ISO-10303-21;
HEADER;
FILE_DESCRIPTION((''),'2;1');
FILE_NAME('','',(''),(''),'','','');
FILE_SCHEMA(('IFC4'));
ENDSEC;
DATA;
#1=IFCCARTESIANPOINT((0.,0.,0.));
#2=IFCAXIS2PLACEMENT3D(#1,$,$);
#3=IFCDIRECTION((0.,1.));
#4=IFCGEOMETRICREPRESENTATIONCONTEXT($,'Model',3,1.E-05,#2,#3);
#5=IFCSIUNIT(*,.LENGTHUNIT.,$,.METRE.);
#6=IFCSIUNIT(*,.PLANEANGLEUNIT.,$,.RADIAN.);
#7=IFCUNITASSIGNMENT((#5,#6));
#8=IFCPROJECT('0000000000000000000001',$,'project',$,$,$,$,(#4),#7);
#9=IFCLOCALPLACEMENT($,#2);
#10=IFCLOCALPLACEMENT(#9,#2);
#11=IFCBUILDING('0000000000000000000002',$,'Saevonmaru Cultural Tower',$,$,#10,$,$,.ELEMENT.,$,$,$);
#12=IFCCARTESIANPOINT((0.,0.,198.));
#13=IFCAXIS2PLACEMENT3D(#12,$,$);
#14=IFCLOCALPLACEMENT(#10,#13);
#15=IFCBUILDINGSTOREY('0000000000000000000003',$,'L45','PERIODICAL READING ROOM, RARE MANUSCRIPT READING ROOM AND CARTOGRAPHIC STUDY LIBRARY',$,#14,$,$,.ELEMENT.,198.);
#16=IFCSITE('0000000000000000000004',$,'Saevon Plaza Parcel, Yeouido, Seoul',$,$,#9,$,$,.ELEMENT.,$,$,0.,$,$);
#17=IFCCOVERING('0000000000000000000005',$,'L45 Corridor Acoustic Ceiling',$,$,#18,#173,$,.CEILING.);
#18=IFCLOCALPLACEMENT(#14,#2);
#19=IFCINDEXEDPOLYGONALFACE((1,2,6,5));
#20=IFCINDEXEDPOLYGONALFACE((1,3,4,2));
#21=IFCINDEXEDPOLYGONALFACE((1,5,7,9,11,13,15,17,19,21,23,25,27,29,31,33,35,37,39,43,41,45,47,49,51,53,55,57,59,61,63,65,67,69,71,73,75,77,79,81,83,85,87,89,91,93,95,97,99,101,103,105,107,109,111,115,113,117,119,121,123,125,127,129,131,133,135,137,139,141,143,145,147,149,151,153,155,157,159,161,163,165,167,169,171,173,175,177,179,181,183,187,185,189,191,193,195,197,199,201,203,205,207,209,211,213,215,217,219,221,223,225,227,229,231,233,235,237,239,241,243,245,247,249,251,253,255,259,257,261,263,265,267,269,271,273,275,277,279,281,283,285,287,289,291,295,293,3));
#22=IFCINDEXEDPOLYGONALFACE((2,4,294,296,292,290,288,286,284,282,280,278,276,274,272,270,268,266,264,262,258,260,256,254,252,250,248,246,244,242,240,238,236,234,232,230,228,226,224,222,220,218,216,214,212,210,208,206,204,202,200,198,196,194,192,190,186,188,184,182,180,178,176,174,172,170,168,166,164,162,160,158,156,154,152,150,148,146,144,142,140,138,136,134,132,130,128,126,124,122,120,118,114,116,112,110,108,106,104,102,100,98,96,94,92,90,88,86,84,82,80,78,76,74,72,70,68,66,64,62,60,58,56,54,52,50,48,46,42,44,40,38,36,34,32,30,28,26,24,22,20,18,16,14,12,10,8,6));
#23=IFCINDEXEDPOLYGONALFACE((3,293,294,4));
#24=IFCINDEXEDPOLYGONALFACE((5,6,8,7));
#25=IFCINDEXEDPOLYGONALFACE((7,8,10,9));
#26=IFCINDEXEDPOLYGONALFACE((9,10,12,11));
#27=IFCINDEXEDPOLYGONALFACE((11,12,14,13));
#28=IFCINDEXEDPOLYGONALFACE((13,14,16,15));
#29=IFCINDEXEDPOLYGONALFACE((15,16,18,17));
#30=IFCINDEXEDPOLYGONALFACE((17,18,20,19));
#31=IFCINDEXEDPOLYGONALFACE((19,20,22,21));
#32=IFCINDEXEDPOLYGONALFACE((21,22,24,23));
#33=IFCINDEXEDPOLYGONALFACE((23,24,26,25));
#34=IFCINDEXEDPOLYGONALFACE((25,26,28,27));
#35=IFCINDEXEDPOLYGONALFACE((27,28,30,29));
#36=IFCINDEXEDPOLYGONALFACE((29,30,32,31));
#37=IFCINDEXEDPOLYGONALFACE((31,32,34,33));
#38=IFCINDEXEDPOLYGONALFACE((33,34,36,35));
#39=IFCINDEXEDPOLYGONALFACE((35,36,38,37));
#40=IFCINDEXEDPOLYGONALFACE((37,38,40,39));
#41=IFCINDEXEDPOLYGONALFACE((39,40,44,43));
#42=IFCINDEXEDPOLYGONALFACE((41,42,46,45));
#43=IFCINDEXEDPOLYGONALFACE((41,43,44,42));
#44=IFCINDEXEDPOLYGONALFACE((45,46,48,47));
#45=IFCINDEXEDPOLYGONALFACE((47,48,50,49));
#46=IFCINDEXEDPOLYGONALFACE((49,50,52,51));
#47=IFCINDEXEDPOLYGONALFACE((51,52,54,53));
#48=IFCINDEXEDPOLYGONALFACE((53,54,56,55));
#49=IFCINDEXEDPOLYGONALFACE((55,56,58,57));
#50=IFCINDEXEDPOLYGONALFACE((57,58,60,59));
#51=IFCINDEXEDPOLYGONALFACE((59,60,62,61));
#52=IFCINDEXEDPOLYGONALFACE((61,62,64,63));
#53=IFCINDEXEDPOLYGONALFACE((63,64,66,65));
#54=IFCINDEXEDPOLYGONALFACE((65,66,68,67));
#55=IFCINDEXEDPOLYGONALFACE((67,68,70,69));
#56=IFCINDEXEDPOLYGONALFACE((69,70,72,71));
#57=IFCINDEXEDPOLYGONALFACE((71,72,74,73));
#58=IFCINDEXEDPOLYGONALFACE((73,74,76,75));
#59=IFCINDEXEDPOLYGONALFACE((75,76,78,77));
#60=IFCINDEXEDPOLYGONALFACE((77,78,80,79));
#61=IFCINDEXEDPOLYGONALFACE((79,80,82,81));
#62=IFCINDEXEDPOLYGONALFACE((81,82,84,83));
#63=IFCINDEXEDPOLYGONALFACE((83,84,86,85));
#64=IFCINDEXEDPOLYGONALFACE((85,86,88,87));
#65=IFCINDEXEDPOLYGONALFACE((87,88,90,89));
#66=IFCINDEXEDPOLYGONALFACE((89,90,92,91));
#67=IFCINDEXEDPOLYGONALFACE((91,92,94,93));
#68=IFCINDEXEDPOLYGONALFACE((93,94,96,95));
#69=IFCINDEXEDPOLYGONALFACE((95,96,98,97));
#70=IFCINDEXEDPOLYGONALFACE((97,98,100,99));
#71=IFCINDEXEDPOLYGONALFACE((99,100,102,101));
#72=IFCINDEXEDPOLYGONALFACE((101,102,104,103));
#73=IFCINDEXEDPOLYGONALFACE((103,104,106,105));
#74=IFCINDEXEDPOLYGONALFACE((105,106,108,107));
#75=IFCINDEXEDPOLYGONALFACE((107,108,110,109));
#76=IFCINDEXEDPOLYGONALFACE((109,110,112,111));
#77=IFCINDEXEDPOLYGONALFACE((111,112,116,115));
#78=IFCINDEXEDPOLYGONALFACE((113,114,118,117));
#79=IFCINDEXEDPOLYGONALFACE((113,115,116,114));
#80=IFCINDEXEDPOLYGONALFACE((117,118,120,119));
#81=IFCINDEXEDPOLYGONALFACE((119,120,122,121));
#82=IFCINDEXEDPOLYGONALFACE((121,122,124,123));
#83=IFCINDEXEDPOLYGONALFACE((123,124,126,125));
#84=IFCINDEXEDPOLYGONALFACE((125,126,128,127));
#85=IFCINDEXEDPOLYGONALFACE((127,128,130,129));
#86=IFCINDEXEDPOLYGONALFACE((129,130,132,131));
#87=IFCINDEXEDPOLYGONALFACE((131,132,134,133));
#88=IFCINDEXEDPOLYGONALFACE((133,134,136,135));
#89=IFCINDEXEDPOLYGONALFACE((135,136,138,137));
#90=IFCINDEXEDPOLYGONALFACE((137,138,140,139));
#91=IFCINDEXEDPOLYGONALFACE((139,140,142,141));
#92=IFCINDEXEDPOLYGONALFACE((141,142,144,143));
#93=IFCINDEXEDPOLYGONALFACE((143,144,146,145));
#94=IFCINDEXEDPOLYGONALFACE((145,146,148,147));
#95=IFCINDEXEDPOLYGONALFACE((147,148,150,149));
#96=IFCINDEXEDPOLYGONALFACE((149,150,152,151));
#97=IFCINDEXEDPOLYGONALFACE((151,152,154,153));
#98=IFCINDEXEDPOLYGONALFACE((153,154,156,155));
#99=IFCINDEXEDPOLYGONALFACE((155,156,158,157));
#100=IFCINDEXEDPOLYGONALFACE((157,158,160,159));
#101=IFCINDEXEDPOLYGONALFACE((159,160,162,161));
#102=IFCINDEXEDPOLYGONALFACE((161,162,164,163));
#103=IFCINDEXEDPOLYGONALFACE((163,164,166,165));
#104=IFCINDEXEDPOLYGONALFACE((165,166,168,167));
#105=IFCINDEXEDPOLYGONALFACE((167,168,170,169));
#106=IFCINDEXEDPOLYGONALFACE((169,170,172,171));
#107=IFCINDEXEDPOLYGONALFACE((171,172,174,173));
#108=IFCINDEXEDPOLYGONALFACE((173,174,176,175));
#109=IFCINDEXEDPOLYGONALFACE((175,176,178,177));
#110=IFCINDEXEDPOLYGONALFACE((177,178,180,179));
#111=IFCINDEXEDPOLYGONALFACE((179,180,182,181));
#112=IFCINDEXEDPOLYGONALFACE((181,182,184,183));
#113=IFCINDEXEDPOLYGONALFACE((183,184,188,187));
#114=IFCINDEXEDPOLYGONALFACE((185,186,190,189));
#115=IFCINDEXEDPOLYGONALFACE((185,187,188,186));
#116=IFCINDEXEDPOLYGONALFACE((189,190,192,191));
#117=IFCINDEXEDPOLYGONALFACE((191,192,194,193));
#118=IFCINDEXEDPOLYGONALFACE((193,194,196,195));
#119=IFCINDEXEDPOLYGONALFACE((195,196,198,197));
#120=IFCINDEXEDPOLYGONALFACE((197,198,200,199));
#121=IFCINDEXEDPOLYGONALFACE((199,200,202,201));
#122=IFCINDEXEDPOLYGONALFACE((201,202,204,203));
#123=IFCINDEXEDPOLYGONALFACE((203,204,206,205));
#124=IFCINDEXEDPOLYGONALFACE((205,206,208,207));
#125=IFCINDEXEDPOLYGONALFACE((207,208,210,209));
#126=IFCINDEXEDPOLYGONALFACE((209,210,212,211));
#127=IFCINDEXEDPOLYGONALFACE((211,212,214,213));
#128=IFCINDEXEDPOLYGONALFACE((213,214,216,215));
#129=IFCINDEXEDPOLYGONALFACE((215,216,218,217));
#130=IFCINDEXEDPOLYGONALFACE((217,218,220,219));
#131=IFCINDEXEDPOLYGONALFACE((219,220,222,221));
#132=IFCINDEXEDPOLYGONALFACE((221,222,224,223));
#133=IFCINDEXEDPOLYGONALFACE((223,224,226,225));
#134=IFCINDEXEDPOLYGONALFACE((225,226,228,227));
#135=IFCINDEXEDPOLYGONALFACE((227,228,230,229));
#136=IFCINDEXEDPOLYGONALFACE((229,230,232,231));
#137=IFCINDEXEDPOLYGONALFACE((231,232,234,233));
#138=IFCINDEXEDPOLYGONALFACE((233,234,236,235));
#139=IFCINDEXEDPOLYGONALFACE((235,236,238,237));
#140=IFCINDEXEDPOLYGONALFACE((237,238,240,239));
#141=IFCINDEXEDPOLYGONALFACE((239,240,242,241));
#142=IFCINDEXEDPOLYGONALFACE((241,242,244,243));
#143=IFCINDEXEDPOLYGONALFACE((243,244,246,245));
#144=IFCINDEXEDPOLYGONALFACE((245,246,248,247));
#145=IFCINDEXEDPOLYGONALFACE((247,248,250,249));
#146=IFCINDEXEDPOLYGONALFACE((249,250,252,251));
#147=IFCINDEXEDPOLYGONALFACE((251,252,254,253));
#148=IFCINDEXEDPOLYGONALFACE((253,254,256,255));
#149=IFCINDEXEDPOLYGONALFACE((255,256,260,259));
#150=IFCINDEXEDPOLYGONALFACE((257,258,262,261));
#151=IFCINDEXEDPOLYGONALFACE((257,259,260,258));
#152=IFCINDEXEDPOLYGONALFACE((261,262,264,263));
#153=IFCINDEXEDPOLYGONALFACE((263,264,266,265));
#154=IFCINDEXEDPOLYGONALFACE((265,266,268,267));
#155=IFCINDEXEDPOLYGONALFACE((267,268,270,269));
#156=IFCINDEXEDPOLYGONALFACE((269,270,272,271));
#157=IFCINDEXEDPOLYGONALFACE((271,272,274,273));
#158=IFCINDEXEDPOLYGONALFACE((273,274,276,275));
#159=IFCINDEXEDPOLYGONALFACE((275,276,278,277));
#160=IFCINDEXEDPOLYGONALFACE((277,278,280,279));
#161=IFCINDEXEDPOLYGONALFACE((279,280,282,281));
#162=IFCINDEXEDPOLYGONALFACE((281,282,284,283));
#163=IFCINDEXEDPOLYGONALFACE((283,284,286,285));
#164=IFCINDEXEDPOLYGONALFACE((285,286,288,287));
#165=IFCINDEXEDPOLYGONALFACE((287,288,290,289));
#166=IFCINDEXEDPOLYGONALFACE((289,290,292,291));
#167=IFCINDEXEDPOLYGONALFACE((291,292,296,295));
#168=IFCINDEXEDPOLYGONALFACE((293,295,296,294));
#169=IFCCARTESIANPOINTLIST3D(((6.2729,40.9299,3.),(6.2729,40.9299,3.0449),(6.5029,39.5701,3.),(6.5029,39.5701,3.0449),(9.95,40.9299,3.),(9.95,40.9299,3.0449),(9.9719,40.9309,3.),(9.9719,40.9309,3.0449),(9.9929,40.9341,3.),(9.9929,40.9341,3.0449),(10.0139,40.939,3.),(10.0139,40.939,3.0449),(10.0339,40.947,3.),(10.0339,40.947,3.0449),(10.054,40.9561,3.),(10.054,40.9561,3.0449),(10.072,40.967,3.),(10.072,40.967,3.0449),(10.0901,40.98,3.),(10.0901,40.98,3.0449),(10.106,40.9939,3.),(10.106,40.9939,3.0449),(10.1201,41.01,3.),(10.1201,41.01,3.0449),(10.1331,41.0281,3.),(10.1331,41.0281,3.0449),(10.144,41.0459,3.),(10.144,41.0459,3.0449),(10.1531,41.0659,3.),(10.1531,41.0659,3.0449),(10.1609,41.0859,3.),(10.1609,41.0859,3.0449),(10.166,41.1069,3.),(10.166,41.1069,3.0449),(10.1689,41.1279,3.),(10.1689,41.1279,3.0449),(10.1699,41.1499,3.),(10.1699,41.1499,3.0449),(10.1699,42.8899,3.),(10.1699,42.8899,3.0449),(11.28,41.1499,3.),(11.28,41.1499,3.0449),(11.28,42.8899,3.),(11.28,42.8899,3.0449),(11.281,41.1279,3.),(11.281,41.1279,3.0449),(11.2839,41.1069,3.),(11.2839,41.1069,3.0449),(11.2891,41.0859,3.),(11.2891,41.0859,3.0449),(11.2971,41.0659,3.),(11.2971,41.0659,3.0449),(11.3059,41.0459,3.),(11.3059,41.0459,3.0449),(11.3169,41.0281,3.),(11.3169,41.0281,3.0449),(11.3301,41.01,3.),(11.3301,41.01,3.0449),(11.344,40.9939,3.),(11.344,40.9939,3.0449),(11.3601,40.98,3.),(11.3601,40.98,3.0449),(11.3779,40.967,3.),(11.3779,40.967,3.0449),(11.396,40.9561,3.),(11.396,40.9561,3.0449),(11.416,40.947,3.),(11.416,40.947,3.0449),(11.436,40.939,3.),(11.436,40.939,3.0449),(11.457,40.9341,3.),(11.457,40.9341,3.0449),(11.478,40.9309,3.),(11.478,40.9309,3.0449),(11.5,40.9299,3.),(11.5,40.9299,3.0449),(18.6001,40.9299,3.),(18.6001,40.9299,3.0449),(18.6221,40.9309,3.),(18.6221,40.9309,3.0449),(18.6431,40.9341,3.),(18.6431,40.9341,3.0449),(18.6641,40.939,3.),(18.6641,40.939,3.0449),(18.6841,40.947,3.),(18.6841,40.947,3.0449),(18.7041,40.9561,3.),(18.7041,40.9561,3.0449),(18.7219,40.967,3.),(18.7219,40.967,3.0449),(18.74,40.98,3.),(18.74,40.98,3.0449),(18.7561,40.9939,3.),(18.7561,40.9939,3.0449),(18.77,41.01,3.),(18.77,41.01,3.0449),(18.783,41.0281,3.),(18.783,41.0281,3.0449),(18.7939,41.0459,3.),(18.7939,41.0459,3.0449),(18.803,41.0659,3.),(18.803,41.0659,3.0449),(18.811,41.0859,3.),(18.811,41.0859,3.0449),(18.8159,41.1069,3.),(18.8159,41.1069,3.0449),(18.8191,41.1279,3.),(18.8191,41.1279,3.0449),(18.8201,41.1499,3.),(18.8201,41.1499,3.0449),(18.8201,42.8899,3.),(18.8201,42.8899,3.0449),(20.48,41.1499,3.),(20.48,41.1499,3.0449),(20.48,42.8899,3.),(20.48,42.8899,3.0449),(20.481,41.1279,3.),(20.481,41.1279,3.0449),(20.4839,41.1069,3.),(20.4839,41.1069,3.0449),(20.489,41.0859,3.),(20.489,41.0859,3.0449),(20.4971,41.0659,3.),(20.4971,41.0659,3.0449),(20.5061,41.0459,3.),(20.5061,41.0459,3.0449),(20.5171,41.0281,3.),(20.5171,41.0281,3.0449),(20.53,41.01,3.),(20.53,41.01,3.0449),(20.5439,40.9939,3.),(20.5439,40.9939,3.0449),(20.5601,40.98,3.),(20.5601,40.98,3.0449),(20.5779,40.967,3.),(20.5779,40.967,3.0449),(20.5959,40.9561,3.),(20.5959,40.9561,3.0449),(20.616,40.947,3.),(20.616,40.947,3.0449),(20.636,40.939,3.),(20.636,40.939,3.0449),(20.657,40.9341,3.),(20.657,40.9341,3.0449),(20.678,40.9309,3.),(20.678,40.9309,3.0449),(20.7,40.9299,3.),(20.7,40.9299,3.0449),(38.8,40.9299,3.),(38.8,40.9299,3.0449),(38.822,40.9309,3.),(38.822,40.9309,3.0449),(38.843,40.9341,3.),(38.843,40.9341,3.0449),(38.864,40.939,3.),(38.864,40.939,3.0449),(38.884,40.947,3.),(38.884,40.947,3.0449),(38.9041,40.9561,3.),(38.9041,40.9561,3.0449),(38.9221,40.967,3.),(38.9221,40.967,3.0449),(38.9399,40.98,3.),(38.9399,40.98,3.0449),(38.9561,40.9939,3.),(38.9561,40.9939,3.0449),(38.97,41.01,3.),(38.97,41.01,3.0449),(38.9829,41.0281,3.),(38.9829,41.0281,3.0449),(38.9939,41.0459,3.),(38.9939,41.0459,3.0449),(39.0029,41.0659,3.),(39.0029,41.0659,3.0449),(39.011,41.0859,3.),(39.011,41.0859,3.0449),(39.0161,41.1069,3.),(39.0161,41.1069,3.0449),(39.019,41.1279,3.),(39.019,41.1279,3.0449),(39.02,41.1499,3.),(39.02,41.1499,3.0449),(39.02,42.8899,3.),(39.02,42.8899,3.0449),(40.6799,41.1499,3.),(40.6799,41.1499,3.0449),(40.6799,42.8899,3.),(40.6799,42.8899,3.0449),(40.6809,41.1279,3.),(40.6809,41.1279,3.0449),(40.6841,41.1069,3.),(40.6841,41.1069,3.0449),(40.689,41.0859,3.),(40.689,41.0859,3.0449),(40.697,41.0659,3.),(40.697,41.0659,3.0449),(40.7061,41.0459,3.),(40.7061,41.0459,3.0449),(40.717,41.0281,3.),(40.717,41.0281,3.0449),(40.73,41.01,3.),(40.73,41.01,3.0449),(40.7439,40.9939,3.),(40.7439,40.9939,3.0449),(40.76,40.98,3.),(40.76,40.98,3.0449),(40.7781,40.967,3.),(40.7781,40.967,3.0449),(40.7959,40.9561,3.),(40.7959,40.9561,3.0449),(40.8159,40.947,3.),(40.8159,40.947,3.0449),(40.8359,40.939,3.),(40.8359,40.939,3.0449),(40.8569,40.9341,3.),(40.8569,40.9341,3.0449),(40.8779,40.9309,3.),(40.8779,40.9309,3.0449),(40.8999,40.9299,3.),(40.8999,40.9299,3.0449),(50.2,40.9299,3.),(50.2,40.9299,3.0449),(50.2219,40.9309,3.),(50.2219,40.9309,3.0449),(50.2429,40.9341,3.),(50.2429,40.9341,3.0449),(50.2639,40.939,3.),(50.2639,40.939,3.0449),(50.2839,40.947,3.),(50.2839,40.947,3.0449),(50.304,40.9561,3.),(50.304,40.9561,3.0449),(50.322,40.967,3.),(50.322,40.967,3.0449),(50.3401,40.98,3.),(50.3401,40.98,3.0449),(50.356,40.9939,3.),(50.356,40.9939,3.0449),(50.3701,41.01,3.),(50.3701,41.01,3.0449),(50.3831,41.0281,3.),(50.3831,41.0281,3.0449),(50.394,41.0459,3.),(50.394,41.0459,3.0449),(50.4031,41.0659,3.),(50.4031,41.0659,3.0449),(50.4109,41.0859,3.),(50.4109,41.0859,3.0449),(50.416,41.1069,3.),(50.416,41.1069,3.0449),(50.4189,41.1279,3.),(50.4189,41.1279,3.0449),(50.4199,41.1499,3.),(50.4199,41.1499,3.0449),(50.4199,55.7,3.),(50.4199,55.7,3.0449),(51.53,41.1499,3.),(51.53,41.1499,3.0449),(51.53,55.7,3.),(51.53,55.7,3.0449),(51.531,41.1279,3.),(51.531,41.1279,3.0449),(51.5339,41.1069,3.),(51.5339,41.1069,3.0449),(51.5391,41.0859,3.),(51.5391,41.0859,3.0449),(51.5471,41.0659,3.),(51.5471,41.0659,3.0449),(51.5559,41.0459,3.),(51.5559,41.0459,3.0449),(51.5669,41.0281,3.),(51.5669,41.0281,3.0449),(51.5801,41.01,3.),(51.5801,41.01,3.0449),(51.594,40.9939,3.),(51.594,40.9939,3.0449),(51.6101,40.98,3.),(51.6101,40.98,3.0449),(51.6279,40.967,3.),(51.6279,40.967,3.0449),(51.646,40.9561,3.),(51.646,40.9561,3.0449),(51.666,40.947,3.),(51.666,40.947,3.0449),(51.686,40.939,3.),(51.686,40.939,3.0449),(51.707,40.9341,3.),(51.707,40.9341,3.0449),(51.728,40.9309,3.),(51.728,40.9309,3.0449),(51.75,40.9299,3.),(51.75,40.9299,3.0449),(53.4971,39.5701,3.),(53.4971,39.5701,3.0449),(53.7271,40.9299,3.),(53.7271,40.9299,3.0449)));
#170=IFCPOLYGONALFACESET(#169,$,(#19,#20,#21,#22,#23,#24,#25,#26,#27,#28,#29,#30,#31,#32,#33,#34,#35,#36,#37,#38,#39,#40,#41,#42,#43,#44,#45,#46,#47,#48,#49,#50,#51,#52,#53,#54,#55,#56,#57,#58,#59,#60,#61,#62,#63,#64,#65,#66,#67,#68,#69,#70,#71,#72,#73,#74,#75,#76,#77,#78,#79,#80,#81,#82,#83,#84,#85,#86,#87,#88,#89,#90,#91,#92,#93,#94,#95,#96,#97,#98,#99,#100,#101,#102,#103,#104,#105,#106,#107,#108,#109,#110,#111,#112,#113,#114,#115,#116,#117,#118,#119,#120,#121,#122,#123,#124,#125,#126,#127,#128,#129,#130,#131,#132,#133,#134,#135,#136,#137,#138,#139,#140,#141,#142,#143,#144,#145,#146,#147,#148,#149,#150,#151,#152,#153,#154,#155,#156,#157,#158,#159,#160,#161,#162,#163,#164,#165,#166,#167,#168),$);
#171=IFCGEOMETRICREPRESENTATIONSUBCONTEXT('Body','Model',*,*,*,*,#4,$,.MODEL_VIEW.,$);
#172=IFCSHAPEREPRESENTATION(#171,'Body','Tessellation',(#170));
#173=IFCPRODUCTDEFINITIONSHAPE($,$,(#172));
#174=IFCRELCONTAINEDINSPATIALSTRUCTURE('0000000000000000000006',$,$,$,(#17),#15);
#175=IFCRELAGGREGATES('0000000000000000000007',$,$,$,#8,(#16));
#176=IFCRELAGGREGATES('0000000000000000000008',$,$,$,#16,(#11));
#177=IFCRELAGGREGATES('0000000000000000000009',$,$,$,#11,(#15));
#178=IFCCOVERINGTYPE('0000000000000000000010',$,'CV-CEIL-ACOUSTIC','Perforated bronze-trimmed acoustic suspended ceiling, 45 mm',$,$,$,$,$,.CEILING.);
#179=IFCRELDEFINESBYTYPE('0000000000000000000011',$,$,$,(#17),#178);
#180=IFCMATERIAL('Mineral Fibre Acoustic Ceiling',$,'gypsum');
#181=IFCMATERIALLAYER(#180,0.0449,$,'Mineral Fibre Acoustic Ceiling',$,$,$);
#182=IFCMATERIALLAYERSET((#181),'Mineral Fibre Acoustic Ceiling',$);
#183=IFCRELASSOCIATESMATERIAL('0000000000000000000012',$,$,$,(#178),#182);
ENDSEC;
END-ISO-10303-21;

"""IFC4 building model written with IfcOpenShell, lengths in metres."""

from ifc_helpers import new_model, si_unit, direction, frame, origin, place, context, subcontext, project, spatial, polyline, outline, extrude, material, layer, layer_set, type_object, element, save


model = new_model("IFC4")

# Units and contexts
model_context = context("Model", 3, precision=1e-05, world=origin(), true_north=direction((0.0, 1.0)))
body_context = subcontext(model_context, "Body", "Model", "MODEL_VIEW")
ifc_project = project(units=[si_unit("LENGTHUNIT", "METRE"), si_unit("PLANEANGLEUNIT", "RADIAN")], contexts=[model_context])

# Site, building, storey
site_placement = place(None, origin())
site = spatial("IfcSite", under=ifc_project, at=site_placement, Name="Saevon Plaza Parcel, Yeouido, Seoul", CompositionType="ELEMENT", RefElevation=0.0)
building_placement = place(site_placement, origin())
building = spatial("IfcBuilding", under=site, at=building_placement, Name="Saevonmaru Cultural Tower", CompositionType="ELEMENT")
storey_placement = place(building_placement, frame((0.0, 0.0, 198.0)))
storey = spatial("IfcBuildingStorey", under=building, at=storey_placement, Name="L45", Description="PERIODICAL READING ROOM, RARE MANUSCRIPT READING ROOM AND CARTOGRAPHIC STUDY LIBRARY", CompositionType="ELEMENT", Elevation=198.0)

# Covering
ifc_material_1 = material(Name="Mineral Fibre Acoustic Ceiling", Category="gypsum")
ifc_layer_1 = layer(ifc_material_1, 0.0449, Name="Mineral Fibre Acoustic Ceiling")
ifc_layer_set_1 = layer_set([ifc_layer_1], Name="Mineral Fibre Acoustic Ceiling")
covering_type_1 = type_object("IfcCoveringType", Name="CV-CEIL-ACOUSTIC", Description="Perforated bronze-trimmed acoustic suspended ceiling, 45 mm", PredefinedType="CEILING", material=ifc_layer_set_1)
covering_1_placement = place(storey_placement, frame((0.0, 0.0, 3.0)))
element("IfcCovering", 1, at=covering_1_placement, inside=storey, type_object=covering_type_1, Name="L45 Corridor Acoustic Ceiling", PredefinedType="CEILING", context=body_context, shape_type="SweptSolid", body=[
    extrude(outline(polyline([(6.5029, 39.5701), (6.2729, 40.9299), (9.95, 40.9299), (9.9719, 40.9309), (9.9929, 40.9341), (10.0139, 40.939), (10.0339, 40.947), (10.054, 40.9561), (10.072, 40.967), (10.0901, 40.98), (10.106, 40.9939), (10.1201, 41.01), (10.1331, 41.0281), (10.144, 41.0459), (10.1531, 41.0659), (10.1609, 41.0859), (10.166, 41.1069), (10.1689, 41.1279), (10.1699, 41.1499), (10.1699, 42.8899), (11.28, 42.8899), (11.28, 41.1499), (11.281, 41.1279), (11.2839, 41.1069), (11.2891, 41.0859), (11.2971, 41.0659), (11.3059, 41.0459), (11.3169, 41.0281), (11.3301, 41.01), (11.344, 40.9939), (11.3601, 40.98), (11.3779, 40.967), (11.396, 40.9561), (11.416, 40.947), (11.436, 40.939), (11.457, 40.9341), (11.478, 40.9309), (11.5, 40.9299), (18.6001, 40.9299), (18.6221, 40.9309), (18.6431, 40.9341), (18.6641, 40.939), (18.6841, 40.947), (18.7041, 40.9561), (18.7219, 40.967), (18.74, 40.98), (18.7561, 40.9939), (18.77, 41.01), (18.783, 41.0281), (18.7939, 41.0459), (18.803, 41.0659), (18.811, 41.0859), (18.8159, 41.1069), (18.8191, 41.1279), (18.8201, 41.1499), (18.8201, 42.8899), (20.48, 42.8899), (20.48, 41.1499), (20.481, 41.1279), (20.4839, 41.1069), (20.489, 41.0859), (20.4971, 41.0659), (20.5061, 41.0459), (20.5171, 41.0281), (20.53, 41.01), (20.5439, 40.9939), (20.5601, 40.98), (20.5779, 40.967), (20.5959, 40.9561), (20.616, 40.947), (20.636, 40.939), (20.657, 40.9341), (20.678, 40.9309), (20.7, 40.9299), (38.8, 40.9299), (38.822, 40.9309), (38.843, 40.9341), (38.864, 40.939), (38.884, 40.947), (38.9041, 40.9561), (38.9221, 40.967), (38.9399, 40.98), (38.9561, 40.9939), (38.97, 41.01), (38.9829, 41.0281), (38.9939, 41.0459), (39.0029, 41.0659), (39.011, 41.0859), (39.0161, 41.1069), (39.019, 41.1279), (39.02, 41.1499), (39.02, 42.8899), (40.6799, 42.8899), (40.6799, 41.1499), (40.6809, 41.1279), (40.6841, 41.1069), (40.689, 41.0859), (40.697, 41.0659), (40.7061, 41.0459), (40.717, 41.0281), (40.73, 41.01), (40.7439, 40.9939), (40.76, 40.98), (40.7781, 40.967), (40.7959, 40.9561), (40.8159, 40.947), (40.8359, 40.939), (40.8569, 40.9341), (40.8779, 40.9309), (40.8999, 40.9299), (50.2, 40.9299), (50.2219, 40.9309), (50.2429, 40.9341), (50.2639, 40.939), (50.2839, 40.947), (50.304, 40.9561), (50.322, 40.967), (50.3401, 40.98), (50.356, 40.9939), (50.3701, 41.01), (50.3831, 41.0281), (50.394, 41.0459), (50.4031, 41.0659), (50.4109, 41.0859), (50.416, 41.1069), (50.4189, 41.1279), (50.4199, 41.1499), (50.4199, 55.7), (51.53, 55.7), (51.53, 41.1499), (51.531, 41.1279), (51.5339, 41.1069), (51.5391, 41.0859), (51.5471, 41.0659), (51.5559, 41.0459), (51.5669, 41.0281), (51.5801, 41.01), (51.594, 40.9939), (51.6101, 40.98), (51.6279, 40.967), (51.646, 40.9561), (51.666, 40.947), (51.686, 40.939), (51.707, 40.9341), (51.728, 40.9309), (51.75, 40.9299), (53.7271, 40.9299), (53.4971, 39.5701), (6.5029, 39.5701)])), origin(), (0.0, 0.0, 1.0), 0.0449),
])

save(model, "model.ifc")
